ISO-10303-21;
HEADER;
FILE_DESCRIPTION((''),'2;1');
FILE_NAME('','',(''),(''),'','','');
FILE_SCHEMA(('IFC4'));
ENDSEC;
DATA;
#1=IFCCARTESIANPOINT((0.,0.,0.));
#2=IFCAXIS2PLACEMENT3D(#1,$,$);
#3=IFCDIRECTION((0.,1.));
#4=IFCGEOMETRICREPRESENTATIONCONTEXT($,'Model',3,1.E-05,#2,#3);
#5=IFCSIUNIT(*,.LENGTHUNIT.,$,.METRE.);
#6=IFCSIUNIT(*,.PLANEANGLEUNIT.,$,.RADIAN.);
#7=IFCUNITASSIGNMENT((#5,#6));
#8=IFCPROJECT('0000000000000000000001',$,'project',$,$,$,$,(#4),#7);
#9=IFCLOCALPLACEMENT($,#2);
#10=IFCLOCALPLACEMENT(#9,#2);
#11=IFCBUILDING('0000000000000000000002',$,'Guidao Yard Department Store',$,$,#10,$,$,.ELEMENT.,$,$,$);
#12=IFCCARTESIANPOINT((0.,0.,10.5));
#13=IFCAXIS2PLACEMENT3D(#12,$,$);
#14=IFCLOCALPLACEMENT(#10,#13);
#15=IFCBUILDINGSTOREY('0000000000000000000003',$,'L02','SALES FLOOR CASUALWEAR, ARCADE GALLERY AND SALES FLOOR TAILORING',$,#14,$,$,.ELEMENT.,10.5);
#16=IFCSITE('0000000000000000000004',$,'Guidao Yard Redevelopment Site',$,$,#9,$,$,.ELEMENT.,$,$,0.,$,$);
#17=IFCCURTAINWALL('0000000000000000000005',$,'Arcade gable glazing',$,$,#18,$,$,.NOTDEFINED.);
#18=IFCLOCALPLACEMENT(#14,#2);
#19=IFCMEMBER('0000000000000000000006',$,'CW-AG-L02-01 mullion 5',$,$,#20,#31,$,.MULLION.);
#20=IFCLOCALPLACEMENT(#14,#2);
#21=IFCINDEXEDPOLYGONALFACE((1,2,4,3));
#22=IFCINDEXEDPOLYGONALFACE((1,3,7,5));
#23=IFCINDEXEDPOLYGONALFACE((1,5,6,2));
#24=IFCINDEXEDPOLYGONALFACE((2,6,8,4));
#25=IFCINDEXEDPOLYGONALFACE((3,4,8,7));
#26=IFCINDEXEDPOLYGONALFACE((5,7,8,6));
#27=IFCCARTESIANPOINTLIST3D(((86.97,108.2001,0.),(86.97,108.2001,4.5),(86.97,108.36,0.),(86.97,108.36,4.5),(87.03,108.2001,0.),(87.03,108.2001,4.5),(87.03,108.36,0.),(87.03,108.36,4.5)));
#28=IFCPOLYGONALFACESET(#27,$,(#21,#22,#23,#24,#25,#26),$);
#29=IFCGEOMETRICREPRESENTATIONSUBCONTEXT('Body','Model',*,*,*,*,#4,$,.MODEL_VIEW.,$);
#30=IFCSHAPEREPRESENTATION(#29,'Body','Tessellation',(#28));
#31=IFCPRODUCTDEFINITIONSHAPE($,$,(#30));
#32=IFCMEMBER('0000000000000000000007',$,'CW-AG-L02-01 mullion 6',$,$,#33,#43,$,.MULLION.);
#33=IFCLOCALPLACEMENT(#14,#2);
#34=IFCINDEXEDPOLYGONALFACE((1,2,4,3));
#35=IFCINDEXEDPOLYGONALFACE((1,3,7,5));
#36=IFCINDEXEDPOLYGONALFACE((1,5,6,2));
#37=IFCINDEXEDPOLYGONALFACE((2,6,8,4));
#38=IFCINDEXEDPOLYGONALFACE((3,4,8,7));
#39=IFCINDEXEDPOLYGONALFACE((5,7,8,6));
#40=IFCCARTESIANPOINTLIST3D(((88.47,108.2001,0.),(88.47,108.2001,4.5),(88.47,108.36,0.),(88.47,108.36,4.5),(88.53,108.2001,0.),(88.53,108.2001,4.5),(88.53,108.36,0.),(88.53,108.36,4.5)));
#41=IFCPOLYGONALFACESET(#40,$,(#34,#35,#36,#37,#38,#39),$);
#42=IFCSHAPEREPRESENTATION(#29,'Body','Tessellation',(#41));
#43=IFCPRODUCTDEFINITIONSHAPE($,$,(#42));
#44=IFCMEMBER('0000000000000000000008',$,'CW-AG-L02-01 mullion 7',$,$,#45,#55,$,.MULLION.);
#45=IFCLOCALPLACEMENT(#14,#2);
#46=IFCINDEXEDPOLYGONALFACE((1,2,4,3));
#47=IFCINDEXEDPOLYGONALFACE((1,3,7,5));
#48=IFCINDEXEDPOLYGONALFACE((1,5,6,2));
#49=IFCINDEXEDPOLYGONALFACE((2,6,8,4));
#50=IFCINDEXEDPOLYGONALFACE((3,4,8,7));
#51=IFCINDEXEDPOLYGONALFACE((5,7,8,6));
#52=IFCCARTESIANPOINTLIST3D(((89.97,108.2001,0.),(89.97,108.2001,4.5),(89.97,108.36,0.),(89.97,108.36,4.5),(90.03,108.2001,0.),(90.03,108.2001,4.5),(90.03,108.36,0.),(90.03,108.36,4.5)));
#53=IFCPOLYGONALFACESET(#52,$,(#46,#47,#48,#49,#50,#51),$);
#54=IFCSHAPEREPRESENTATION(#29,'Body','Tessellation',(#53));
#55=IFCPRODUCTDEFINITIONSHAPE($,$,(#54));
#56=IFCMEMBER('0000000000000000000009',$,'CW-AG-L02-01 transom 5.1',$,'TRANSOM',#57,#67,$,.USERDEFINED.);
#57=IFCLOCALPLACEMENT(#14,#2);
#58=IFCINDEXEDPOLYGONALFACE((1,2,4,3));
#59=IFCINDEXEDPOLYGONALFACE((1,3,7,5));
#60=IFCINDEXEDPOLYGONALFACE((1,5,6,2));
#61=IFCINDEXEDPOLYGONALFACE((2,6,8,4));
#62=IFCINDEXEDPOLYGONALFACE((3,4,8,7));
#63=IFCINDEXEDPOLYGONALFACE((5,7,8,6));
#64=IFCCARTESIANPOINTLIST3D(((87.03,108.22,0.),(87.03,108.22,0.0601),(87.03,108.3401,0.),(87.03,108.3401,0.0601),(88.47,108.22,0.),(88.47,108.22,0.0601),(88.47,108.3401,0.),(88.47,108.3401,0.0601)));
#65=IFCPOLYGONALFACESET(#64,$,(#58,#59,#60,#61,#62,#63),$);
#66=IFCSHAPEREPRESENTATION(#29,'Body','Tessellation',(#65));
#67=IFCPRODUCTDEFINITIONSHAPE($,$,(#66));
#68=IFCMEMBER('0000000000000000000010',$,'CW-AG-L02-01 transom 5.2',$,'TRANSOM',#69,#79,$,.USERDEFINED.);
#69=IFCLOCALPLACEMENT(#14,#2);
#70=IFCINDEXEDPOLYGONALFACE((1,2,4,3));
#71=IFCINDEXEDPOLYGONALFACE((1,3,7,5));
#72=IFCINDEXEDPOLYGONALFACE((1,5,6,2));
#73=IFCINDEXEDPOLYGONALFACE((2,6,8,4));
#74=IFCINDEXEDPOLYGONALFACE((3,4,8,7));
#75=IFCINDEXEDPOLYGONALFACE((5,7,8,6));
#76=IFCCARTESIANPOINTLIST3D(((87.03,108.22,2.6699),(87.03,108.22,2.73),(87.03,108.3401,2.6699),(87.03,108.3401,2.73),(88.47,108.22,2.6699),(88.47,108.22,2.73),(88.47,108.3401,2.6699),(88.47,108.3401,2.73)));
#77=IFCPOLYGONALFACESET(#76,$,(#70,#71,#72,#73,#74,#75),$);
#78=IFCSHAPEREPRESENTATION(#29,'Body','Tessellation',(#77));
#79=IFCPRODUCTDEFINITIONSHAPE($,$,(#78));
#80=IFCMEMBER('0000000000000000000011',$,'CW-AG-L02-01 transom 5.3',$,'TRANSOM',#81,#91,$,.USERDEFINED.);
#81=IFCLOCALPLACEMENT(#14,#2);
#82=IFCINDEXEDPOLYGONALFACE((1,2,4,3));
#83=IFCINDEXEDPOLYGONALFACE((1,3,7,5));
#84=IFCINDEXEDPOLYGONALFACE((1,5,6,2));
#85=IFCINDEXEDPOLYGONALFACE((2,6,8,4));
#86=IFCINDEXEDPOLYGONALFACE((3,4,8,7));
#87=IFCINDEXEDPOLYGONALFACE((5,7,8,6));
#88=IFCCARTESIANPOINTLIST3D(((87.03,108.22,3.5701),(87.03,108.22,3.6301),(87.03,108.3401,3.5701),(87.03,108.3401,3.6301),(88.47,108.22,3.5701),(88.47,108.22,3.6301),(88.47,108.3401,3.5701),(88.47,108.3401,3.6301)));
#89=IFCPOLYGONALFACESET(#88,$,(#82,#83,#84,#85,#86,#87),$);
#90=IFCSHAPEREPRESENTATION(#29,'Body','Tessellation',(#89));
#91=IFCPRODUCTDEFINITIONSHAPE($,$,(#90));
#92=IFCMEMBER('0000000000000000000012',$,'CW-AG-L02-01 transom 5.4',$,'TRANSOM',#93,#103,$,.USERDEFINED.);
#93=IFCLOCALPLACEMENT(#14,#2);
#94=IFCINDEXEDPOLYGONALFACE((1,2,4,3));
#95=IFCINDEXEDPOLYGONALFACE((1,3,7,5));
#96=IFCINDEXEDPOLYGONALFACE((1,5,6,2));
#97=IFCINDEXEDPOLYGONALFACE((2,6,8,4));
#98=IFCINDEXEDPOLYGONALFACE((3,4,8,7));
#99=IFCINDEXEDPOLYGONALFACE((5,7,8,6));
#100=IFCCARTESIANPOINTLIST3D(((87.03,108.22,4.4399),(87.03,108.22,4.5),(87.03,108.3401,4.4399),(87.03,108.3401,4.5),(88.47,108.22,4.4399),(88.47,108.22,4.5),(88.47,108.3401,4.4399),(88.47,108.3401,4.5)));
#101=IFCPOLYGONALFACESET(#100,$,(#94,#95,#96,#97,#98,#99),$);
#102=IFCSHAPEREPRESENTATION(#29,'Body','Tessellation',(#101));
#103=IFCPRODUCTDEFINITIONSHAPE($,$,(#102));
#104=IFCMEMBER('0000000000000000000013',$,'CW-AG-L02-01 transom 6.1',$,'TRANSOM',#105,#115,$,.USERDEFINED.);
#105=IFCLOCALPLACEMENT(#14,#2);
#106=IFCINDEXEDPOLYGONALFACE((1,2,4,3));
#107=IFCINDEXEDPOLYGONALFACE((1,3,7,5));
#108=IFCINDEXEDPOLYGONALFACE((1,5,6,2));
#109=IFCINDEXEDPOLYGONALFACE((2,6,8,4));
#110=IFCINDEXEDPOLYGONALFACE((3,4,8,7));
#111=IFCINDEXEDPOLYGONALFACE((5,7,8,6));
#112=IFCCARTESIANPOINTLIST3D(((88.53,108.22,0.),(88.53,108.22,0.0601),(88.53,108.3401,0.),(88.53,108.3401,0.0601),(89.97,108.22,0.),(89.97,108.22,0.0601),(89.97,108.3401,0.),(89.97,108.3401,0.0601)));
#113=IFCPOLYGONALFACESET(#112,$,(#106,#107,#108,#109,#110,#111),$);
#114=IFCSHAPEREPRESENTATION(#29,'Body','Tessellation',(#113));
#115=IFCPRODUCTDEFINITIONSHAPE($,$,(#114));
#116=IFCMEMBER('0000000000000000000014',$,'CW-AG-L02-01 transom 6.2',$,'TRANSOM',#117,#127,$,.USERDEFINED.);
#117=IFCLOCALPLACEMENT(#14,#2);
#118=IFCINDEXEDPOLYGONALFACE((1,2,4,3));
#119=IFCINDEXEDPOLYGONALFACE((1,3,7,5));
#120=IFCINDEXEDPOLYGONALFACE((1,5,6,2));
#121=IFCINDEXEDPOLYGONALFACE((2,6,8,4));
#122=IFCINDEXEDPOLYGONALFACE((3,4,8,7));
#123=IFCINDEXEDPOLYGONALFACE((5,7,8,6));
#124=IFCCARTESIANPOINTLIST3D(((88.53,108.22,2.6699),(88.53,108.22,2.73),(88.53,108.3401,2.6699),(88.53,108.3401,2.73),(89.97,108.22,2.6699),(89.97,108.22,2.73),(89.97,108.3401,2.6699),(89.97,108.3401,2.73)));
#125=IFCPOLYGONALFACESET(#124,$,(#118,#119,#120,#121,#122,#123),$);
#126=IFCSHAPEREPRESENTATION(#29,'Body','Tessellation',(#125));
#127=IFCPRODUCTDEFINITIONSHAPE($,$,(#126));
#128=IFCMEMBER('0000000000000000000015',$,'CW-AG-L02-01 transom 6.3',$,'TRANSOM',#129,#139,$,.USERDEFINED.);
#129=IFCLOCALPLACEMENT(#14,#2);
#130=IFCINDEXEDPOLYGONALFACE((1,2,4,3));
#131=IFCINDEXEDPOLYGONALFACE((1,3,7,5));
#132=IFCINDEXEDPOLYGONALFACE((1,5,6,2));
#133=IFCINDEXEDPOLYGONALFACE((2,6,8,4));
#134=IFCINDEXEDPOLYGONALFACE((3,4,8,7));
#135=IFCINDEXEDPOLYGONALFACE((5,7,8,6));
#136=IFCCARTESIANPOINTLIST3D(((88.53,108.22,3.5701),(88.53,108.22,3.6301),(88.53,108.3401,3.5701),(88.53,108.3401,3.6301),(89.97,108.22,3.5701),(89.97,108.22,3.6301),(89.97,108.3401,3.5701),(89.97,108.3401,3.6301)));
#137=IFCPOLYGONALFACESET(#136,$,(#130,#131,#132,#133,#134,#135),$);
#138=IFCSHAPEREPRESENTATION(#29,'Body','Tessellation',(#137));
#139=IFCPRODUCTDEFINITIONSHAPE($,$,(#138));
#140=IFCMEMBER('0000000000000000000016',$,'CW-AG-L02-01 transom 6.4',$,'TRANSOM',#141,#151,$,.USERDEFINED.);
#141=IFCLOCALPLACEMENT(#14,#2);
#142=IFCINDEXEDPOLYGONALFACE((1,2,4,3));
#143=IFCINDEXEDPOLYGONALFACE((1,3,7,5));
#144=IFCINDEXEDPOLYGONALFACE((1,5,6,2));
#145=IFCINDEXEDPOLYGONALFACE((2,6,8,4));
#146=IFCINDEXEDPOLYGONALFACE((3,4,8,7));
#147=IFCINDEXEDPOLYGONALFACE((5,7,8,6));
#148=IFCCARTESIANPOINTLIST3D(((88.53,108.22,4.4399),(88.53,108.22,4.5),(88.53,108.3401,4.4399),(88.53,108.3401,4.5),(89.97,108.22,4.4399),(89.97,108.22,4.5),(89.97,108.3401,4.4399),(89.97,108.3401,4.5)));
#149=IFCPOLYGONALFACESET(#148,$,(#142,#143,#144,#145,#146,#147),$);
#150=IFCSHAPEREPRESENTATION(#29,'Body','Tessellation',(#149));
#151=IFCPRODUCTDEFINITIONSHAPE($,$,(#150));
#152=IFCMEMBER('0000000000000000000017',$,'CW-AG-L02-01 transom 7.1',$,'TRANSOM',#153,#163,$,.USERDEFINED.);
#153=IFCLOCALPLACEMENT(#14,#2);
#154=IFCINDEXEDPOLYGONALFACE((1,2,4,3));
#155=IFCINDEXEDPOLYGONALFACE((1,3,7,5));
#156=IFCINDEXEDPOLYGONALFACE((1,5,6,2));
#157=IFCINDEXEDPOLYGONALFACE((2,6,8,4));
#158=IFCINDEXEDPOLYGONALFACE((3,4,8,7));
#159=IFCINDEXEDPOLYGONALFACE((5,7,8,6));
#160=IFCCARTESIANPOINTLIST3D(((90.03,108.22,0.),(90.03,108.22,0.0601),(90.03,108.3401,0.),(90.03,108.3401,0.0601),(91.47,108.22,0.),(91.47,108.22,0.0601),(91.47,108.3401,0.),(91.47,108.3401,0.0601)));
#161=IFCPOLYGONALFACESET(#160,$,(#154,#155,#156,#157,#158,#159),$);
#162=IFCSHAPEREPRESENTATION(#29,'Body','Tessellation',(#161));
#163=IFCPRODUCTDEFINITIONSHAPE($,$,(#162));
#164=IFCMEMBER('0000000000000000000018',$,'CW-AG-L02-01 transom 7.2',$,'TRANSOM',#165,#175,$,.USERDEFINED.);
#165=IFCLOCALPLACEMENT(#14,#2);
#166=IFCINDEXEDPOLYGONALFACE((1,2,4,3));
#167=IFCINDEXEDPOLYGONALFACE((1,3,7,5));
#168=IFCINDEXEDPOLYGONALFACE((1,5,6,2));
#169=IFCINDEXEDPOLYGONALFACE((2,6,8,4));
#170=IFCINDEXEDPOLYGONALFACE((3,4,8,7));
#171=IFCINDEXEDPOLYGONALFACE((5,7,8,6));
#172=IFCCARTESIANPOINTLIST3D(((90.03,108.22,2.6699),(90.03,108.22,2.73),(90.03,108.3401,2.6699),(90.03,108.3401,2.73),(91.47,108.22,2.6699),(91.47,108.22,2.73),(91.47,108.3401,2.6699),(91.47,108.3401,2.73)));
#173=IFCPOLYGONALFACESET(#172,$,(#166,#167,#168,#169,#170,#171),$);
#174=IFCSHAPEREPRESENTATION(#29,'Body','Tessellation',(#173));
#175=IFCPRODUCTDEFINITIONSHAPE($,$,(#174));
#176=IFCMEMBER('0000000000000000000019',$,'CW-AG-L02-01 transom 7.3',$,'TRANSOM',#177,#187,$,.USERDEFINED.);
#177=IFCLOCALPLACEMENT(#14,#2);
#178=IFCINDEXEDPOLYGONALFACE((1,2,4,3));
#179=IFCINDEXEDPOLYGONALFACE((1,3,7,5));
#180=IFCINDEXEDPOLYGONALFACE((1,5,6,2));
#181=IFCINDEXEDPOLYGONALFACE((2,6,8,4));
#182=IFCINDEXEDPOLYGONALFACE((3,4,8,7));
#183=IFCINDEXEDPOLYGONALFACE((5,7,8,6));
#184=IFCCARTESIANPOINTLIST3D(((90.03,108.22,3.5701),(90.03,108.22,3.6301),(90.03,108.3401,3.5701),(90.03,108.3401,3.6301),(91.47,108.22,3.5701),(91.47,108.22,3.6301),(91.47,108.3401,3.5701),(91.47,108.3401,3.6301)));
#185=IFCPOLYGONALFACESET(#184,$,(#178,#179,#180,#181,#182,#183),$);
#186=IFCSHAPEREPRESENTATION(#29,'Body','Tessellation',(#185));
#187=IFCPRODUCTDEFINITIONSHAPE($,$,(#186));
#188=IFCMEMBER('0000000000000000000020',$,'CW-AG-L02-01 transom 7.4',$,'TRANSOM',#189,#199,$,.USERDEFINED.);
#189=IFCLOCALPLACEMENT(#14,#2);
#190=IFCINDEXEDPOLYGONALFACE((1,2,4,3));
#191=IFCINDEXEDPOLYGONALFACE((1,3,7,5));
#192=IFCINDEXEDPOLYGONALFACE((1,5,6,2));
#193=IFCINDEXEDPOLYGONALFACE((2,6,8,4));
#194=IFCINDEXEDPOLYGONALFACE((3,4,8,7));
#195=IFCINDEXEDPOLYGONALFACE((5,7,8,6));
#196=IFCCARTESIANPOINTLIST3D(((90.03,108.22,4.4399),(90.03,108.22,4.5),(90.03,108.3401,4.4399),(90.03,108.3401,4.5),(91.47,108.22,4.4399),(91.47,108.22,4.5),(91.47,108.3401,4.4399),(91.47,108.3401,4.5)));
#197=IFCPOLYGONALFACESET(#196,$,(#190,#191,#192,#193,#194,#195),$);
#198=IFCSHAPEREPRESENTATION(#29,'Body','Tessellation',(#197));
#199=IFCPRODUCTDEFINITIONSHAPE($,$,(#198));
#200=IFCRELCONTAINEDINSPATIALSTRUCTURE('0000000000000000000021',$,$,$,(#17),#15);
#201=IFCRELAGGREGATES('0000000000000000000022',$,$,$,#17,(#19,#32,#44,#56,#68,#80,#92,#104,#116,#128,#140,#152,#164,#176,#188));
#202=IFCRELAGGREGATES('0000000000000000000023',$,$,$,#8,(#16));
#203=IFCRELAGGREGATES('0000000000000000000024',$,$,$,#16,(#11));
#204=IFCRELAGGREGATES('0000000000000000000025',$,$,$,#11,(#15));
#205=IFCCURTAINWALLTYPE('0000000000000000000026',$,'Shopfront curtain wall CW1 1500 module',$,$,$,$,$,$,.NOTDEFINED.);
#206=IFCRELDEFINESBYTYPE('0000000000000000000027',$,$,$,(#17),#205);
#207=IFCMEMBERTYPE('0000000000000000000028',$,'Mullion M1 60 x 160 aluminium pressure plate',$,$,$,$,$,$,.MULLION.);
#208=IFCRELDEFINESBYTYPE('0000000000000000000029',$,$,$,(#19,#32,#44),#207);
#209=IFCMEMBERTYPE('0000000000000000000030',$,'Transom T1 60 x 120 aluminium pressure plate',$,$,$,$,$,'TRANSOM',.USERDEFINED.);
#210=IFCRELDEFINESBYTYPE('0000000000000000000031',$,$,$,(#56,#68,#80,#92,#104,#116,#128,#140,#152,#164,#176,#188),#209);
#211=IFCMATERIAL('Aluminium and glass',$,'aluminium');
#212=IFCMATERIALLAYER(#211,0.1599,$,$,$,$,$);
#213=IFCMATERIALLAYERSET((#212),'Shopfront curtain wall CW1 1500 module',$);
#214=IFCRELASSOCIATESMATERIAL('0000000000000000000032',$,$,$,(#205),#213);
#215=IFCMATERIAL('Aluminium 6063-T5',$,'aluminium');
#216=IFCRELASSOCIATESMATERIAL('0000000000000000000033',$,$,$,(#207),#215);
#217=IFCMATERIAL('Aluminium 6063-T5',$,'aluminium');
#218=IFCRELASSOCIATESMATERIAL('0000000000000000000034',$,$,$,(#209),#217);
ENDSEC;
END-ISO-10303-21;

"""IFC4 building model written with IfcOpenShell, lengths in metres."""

from ifc_helpers import new_model, si_unit, direction, frame, origin, origin_2d, place, context, subcontext, project, spatial, rectangle, extrude, material, layer, layer_set, material_profile, profile_set, type_object, element, aggregate, save


model = new_model("IFC4")

# Units and contexts
model_context = context("Model", 3, precision=1e-05, world=origin(), true_north=direction((0.0, 1.0)))
body_context = subcontext(model_context, "Body", "Model", "MODEL_VIEW")
ifc_project = project(units=[si_unit("LENGTHUNIT", "METRE"), si_unit("PLANEANGLEUNIT", "RADIAN")], contexts=[model_context])

# Site, building, storey
site_placement = place(None, origin())
site = spatial("IfcSite", under=ifc_project, at=site_placement, Name="Guidao Yard Redevelopment Site", CompositionType="ELEMENT", RefElevation=0.0)
building_placement = place(site_placement, origin())
building = spatial("IfcBuilding", under=site, at=building_placement, Name="Guidao Yard Department Store", CompositionType="ELEMENT")
storey_placement = place(building_placement, frame((0.0, 0.0, 10.5)))
storey = spatial("IfcBuildingStorey", under=building, at=storey_placement, Name="L02", Description="SALES FLOOR CASUALWEAR, ARCADE GALLERY AND SALES FLOOR TAILORING", CompositionType="ELEMENT", Elevation=10.5)

# Curtain wall, members
ifc_material_1 = material(Name="Aluminium and glass", Category="aluminium")
ifc_layer_1 = layer(ifc_material_1, 0.1599)
ifc_layer_set_1 = layer_set([ifc_layer_1], Name="Shopfront curtain wall CW1 1500 module")
curtain_wall_type = type_object("IfcCurtainWallType", Name="Shopfront curtain wall CW1 1500 module", PredefinedType="NOTDEFINED", material=ifc_layer_set_1)
curtain_wall_placement = place(storey_placement, origin())
curtain_wall = element("IfcCurtainWall", 1, at=curtain_wall_placement, inside=storey, type_object=curtain_wall_type, Name="Arcade gable glazing", PredefinedType="NOTDEFINED")
ifc_material_2 = material(Name="Aluminium 6063-T5", Category="aluminium")
ifc_material_profile_1 = material_profile(ifc_material_2, rectangle(XDim=0.0601, YDim=0.1599, at=origin_2d()), Name="Mullion M1 60 x 160 aluminium pressure plate")
ifc_profile_set_1 = profile_set([ifc_material_profile_1], Name="Aluminium 6063-T5")
member_type_1 = type_object("IfcMemberType", Name="Mullion M1 60 x 160 aluminium pressure plate", PredefinedType="MULLION", material=ifc_profile_set_1)
member_1_placement = place(storey_placement, frame((87.0, 108.28, 0.0), z_axis=(0.0, 0.0, 1.0), x_axis=(1.0, 0.0, 0.0)))
member_1 = element("IfcMember", 2, at=member_1_placement, type_object=member_type_1, Name="CW-AG-L02-01 mullion 5", PredefinedType="MULLION", context=body_context, shape_type="SweptSolid", body=[
    extrude(rectangle(XDim=0.0601, YDim=0.1599, at=origin_2d()), origin(), (0.0, 0.0, 1.0), 4.5),
])
member_2_placement = place(storey_placement, frame((88.5, 108.28, 0.0), z_axis=(0.0, 0.0, 1.0), x_axis=(1.0, 0.0, 0.0)))
member_2 = element("IfcMember", 3, at=member_2_placement, type_object=member_type_1, Name="CW-AG-L02-01 mullion 6", PredefinedType="MULLION", context=body_context, shape_type="SweptSolid", body=[
    extrude(rectangle(XDim=0.0601, YDim=0.1599, at=origin_2d()), origin(), (0.0, 0.0, 1.0), 4.5),
])
member_3_placement = place(storey_placement, frame((90.0, 108.28, 0.0), z_axis=(0.0, 0.0, 1.0), x_axis=(1.0, 0.0, 0.0)))
member_3 = element("IfcMember", 4, at=member_3_placement, type_object=member_type_1, Name="CW-AG-L02-01 mullion 7", PredefinedType="MULLION", context=body_context, shape_type="SweptSolid", body=[
    extrude(rectangle(XDim=0.0601, YDim=0.1599, at=origin_2d()), origin(), (0.0, 0.0, 1.0), 4.5),
])
ifc_material_3 = material(Name="Aluminium 6063-T5", Category="aluminium")
ifc_material_profile_2 = material_profile(ifc_material_3, rectangle(XDim=0.1201, YDim=0.0601, at=origin_2d()), Name="Transom T1 60 x 120 aluminium pressure plate")
ifc_profile_set_2 = profile_set([ifc_material_profile_2], Name="Aluminium 6063-T5")
member_type_2 = type_object("IfcMemberType", Name="Transom T1 60 x 120 aluminium pressure plate", ElementType="TRANSOM", PredefinedType="USERDEFINED", material=ifc_profile_set_2)
member_4_placement = place(storey_placement, frame((87.03, 108.28, 0.03), z_axis=(1.0, 0.0, 0.0), x_axis=(0.0, 1.0, 0.0)))
member_4 = element("IfcMember", 5, at=member_4_placement, type_object=member_type_2, Name="CW-AG-L02-01 transom 5.1", ObjectType="TRANSOM", PredefinedType="USERDEFINED", context=body_context, shape_type="SweptSolid", body=[
    extrude(rectangle(XDim=0.1201, YDim=0.0601, at=origin_2d()), origin(), (0.0, 0.0, 1.0), 1.4399),
])
member_5_placement = place(storey_placement, frame((87.03, 108.28, 2.7), z_axis=(1.0, 0.0, 0.0), x_axis=(0.0, 1.0, 0.0)))
member_5 = element("IfcMember", 6, at=member_5_placement, type_object=member_type_2, Name="CW-AG-L02-01 transom 5.2", ObjectType="TRANSOM", PredefinedType="USERDEFINED", context=body_context, shape_type="SweptSolid", body=[
    extrude(rectangle(XDim=0.1201, YDim=0.0601, at=origin_2d()), origin(), (0.0, 0.0, 1.0), 1.4399),
])
member_6_placement = place(storey_placement, frame((87.03, 108.28, 3.6001), z_axis=(1.0, 0.0, 0.0), x_axis=(0.0, 1.0, 0.0)))
member_6 = element("IfcMember", 7, at=member_6_placement, type_object=member_type_2, Name="CW-AG-L02-01 transom 5.3", ObjectType="TRANSOM", PredefinedType="USERDEFINED", context=body_context, shape_type="SweptSolid", body=[
    extrude(rectangle(XDim=0.1201, YDim=0.0601, at=origin_2d()), origin(), (0.0, 0.0, 1.0), 1.4399),
])
member_7_placement = place(storey_placement, frame((87.03, 108.28, 4.47), z_axis=(1.0, 0.0, 0.0), x_axis=(0.0, 1.0, 0.0)))
member_7 = element("IfcMember", 8, at=member_7_placement, type_object=member_type_2, Name="CW-AG-L02-01 transom 5.4", ObjectType="TRANSOM", PredefinedType="USERDEFINED", context=body_context, shape_type="SweptSolid", body=[
    extrude(rectangle(XDim=0.1201, YDim=0.0601, at=origin_2d()), origin(), (0.0, 0.0, 1.0), 1.4399),
])
member_8_placement = place(storey_placement, frame((88.53, 108.28, 0.03), z_axis=(1.0, 0.0, 0.0), x_axis=(0.0, 1.0, 0.0)))
member_8 = element("IfcMember", 9, at=member_8_placement, type_object=member_type_2, Name="CW-AG-L02-01 transom 6.1", ObjectType="TRANSOM", PredefinedType="USERDEFINED", context=body_context, shape_type="SweptSolid", body=[
    extrude(rectangle(XDim=0.1201, YDim=0.0601, at=origin_2d()), origin(), (0.0, 0.0, 1.0), 1.4399),
])
member_9_placement = place(storey_placement, frame((88.53, 108.28, 2.7), z_axis=(1.0, 0.0, 0.0), x_axis=(0.0, 1.0, 0.0)))
member_9 = element("IfcMember", 10, at=member_9_placement, type_object=member_type_2, Name="CW-AG-L02-01 transom 6.2", ObjectType="TRANSOM", PredefinedType="USERDEFINED", context=body_context, shape_type="SweptSolid", body=[
    extrude(rectangle(XDim=0.1201, YDim=0.0601, at=origin_2d()), origin(), (0.0, 0.0, 1.0), 1.4399),
])
member_10_placement = place(storey_placement, frame((88.53, 108.28, 3.6001), z_axis=(1.0, 0.0, 0.0), x_axis=(0.0, 1.0, 0.0)))
member_10 = element("IfcMember", 11, at=member_10_placement, type_object=member_type_2, Name="CW-AG-L02-01 transom 6.3", ObjectType="TRANSOM", PredefinedType="USERDEFINED", context=body_context, shape_type="SweptSolid", body=[
    extrude(rectangle(XDim=0.1201, YDim=0.0601, at=origin_2d()), origin(), (0.0, 0.0, 1.0), 1.4399),
])
member_11_placement = place(storey_placement, frame((88.53, 108.28, 4.47), z_axis=(1.0, 0.0, 0.0), x_axis=(0.0, 1.0, 0.0)))
member_11 = element("IfcMember", 12, at=member_11_placement, type_object=member_type_2, Name="CW-AG-L02-01 transom 6.4", ObjectType="TRANSOM", PredefinedType="USERDEFINED", context=body_context, shape_type="SweptSolid", body=[
    extrude(rectangle(XDim=0.1201, YDim=0.0601, at=origin_2d()), origin(), (0.0, 0.0, 1.0), 1.4399),
])
member_12_placement = place(storey_placement, frame((90.03, 108.28, 0.03), z_axis=(1.0, 0.0, 0.0), x_axis=(0.0, 1.0, 0.0)))
member_12 = element("IfcMember", 13, at=member_12_placement, type_object=member_type_2, Name="CW-AG-L02-01 transom 7.1", ObjectType="TRANSOM", PredefinedType="USERDEFINED", context=body_context, shape_type="SweptSolid", body=[
    extrude(rectangle(XDim=0.1201, YDim=0.0601, at=origin_2d()), origin(), (0.0, 0.0, 1.0), 1.4399),
])
member_13_placement = place(storey_placement, frame((90.03, 108.28, 2.7), z_axis=(1.0, 0.0, 0.0), x_axis=(0.0, 1.0, 0.0)))
member_13 = element("IfcMember", 14, at=member_13_placement, type_object=member_type_2, Name="CW-AG-L02-01 transom 7.2", ObjectType="TRANSOM", PredefinedType="USERDEFINED", context=body_context, shape_type="SweptSolid", body=[
    extrude(rectangle(XDim=0.1201, YDim=0.0601, at=origin_2d()), origin(), (0.0, 0.0, 1.0), 1.4399),
])
member_14_placement = place(storey_placement, frame((90.03, 108.28, 3.6001), z_axis=(1.0, 0.0, 0.0), x_axis=(0.0, 1.0, 0.0)))
member_14 = element("IfcMember", 15, at=member_14_placement, type_object=member_type_2, Name="CW-AG-L02-01 transom 7.3", ObjectType="TRANSOM", PredefinedType="USERDEFINED", context=body_context, shape_type="SweptSolid", body=[
    extrude(rectangle(XDim=0.1201, YDim=0.0601, at=origin_2d()), origin(), (0.0, 0.0, 1.0), 1.4399),
])
member_15_placement = place(storey_placement, frame((90.03, 108.28, 4.47), z_axis=(1.0, 0.0, 0.0), x_axis=(0.0, 1.0, 0.0)))
member_15 = element("IfcMember", 16, at=member_15_placement, type_object=member_type_2, Name="CW-AG-L02-01 transom 7.4", ObjectType="TRANSOM", PredefinedType="USERDEFINED", context=body_context, shape_type="SweptSolid", body=[
    extrude(rectangle(XDim=0.1201, YDim=0.0601, at=origin_2d()), origin(), (0.0, 0.0, 1.0), 1.4399),
])
aggregate(curtain_wall, [member_1, member_2, member_3, member_4, member_5, member_6, member_7, member_8, member_9, member_10, member_11, member_12, member_13, member_14, member_15])

save(model, "model.ifc")
